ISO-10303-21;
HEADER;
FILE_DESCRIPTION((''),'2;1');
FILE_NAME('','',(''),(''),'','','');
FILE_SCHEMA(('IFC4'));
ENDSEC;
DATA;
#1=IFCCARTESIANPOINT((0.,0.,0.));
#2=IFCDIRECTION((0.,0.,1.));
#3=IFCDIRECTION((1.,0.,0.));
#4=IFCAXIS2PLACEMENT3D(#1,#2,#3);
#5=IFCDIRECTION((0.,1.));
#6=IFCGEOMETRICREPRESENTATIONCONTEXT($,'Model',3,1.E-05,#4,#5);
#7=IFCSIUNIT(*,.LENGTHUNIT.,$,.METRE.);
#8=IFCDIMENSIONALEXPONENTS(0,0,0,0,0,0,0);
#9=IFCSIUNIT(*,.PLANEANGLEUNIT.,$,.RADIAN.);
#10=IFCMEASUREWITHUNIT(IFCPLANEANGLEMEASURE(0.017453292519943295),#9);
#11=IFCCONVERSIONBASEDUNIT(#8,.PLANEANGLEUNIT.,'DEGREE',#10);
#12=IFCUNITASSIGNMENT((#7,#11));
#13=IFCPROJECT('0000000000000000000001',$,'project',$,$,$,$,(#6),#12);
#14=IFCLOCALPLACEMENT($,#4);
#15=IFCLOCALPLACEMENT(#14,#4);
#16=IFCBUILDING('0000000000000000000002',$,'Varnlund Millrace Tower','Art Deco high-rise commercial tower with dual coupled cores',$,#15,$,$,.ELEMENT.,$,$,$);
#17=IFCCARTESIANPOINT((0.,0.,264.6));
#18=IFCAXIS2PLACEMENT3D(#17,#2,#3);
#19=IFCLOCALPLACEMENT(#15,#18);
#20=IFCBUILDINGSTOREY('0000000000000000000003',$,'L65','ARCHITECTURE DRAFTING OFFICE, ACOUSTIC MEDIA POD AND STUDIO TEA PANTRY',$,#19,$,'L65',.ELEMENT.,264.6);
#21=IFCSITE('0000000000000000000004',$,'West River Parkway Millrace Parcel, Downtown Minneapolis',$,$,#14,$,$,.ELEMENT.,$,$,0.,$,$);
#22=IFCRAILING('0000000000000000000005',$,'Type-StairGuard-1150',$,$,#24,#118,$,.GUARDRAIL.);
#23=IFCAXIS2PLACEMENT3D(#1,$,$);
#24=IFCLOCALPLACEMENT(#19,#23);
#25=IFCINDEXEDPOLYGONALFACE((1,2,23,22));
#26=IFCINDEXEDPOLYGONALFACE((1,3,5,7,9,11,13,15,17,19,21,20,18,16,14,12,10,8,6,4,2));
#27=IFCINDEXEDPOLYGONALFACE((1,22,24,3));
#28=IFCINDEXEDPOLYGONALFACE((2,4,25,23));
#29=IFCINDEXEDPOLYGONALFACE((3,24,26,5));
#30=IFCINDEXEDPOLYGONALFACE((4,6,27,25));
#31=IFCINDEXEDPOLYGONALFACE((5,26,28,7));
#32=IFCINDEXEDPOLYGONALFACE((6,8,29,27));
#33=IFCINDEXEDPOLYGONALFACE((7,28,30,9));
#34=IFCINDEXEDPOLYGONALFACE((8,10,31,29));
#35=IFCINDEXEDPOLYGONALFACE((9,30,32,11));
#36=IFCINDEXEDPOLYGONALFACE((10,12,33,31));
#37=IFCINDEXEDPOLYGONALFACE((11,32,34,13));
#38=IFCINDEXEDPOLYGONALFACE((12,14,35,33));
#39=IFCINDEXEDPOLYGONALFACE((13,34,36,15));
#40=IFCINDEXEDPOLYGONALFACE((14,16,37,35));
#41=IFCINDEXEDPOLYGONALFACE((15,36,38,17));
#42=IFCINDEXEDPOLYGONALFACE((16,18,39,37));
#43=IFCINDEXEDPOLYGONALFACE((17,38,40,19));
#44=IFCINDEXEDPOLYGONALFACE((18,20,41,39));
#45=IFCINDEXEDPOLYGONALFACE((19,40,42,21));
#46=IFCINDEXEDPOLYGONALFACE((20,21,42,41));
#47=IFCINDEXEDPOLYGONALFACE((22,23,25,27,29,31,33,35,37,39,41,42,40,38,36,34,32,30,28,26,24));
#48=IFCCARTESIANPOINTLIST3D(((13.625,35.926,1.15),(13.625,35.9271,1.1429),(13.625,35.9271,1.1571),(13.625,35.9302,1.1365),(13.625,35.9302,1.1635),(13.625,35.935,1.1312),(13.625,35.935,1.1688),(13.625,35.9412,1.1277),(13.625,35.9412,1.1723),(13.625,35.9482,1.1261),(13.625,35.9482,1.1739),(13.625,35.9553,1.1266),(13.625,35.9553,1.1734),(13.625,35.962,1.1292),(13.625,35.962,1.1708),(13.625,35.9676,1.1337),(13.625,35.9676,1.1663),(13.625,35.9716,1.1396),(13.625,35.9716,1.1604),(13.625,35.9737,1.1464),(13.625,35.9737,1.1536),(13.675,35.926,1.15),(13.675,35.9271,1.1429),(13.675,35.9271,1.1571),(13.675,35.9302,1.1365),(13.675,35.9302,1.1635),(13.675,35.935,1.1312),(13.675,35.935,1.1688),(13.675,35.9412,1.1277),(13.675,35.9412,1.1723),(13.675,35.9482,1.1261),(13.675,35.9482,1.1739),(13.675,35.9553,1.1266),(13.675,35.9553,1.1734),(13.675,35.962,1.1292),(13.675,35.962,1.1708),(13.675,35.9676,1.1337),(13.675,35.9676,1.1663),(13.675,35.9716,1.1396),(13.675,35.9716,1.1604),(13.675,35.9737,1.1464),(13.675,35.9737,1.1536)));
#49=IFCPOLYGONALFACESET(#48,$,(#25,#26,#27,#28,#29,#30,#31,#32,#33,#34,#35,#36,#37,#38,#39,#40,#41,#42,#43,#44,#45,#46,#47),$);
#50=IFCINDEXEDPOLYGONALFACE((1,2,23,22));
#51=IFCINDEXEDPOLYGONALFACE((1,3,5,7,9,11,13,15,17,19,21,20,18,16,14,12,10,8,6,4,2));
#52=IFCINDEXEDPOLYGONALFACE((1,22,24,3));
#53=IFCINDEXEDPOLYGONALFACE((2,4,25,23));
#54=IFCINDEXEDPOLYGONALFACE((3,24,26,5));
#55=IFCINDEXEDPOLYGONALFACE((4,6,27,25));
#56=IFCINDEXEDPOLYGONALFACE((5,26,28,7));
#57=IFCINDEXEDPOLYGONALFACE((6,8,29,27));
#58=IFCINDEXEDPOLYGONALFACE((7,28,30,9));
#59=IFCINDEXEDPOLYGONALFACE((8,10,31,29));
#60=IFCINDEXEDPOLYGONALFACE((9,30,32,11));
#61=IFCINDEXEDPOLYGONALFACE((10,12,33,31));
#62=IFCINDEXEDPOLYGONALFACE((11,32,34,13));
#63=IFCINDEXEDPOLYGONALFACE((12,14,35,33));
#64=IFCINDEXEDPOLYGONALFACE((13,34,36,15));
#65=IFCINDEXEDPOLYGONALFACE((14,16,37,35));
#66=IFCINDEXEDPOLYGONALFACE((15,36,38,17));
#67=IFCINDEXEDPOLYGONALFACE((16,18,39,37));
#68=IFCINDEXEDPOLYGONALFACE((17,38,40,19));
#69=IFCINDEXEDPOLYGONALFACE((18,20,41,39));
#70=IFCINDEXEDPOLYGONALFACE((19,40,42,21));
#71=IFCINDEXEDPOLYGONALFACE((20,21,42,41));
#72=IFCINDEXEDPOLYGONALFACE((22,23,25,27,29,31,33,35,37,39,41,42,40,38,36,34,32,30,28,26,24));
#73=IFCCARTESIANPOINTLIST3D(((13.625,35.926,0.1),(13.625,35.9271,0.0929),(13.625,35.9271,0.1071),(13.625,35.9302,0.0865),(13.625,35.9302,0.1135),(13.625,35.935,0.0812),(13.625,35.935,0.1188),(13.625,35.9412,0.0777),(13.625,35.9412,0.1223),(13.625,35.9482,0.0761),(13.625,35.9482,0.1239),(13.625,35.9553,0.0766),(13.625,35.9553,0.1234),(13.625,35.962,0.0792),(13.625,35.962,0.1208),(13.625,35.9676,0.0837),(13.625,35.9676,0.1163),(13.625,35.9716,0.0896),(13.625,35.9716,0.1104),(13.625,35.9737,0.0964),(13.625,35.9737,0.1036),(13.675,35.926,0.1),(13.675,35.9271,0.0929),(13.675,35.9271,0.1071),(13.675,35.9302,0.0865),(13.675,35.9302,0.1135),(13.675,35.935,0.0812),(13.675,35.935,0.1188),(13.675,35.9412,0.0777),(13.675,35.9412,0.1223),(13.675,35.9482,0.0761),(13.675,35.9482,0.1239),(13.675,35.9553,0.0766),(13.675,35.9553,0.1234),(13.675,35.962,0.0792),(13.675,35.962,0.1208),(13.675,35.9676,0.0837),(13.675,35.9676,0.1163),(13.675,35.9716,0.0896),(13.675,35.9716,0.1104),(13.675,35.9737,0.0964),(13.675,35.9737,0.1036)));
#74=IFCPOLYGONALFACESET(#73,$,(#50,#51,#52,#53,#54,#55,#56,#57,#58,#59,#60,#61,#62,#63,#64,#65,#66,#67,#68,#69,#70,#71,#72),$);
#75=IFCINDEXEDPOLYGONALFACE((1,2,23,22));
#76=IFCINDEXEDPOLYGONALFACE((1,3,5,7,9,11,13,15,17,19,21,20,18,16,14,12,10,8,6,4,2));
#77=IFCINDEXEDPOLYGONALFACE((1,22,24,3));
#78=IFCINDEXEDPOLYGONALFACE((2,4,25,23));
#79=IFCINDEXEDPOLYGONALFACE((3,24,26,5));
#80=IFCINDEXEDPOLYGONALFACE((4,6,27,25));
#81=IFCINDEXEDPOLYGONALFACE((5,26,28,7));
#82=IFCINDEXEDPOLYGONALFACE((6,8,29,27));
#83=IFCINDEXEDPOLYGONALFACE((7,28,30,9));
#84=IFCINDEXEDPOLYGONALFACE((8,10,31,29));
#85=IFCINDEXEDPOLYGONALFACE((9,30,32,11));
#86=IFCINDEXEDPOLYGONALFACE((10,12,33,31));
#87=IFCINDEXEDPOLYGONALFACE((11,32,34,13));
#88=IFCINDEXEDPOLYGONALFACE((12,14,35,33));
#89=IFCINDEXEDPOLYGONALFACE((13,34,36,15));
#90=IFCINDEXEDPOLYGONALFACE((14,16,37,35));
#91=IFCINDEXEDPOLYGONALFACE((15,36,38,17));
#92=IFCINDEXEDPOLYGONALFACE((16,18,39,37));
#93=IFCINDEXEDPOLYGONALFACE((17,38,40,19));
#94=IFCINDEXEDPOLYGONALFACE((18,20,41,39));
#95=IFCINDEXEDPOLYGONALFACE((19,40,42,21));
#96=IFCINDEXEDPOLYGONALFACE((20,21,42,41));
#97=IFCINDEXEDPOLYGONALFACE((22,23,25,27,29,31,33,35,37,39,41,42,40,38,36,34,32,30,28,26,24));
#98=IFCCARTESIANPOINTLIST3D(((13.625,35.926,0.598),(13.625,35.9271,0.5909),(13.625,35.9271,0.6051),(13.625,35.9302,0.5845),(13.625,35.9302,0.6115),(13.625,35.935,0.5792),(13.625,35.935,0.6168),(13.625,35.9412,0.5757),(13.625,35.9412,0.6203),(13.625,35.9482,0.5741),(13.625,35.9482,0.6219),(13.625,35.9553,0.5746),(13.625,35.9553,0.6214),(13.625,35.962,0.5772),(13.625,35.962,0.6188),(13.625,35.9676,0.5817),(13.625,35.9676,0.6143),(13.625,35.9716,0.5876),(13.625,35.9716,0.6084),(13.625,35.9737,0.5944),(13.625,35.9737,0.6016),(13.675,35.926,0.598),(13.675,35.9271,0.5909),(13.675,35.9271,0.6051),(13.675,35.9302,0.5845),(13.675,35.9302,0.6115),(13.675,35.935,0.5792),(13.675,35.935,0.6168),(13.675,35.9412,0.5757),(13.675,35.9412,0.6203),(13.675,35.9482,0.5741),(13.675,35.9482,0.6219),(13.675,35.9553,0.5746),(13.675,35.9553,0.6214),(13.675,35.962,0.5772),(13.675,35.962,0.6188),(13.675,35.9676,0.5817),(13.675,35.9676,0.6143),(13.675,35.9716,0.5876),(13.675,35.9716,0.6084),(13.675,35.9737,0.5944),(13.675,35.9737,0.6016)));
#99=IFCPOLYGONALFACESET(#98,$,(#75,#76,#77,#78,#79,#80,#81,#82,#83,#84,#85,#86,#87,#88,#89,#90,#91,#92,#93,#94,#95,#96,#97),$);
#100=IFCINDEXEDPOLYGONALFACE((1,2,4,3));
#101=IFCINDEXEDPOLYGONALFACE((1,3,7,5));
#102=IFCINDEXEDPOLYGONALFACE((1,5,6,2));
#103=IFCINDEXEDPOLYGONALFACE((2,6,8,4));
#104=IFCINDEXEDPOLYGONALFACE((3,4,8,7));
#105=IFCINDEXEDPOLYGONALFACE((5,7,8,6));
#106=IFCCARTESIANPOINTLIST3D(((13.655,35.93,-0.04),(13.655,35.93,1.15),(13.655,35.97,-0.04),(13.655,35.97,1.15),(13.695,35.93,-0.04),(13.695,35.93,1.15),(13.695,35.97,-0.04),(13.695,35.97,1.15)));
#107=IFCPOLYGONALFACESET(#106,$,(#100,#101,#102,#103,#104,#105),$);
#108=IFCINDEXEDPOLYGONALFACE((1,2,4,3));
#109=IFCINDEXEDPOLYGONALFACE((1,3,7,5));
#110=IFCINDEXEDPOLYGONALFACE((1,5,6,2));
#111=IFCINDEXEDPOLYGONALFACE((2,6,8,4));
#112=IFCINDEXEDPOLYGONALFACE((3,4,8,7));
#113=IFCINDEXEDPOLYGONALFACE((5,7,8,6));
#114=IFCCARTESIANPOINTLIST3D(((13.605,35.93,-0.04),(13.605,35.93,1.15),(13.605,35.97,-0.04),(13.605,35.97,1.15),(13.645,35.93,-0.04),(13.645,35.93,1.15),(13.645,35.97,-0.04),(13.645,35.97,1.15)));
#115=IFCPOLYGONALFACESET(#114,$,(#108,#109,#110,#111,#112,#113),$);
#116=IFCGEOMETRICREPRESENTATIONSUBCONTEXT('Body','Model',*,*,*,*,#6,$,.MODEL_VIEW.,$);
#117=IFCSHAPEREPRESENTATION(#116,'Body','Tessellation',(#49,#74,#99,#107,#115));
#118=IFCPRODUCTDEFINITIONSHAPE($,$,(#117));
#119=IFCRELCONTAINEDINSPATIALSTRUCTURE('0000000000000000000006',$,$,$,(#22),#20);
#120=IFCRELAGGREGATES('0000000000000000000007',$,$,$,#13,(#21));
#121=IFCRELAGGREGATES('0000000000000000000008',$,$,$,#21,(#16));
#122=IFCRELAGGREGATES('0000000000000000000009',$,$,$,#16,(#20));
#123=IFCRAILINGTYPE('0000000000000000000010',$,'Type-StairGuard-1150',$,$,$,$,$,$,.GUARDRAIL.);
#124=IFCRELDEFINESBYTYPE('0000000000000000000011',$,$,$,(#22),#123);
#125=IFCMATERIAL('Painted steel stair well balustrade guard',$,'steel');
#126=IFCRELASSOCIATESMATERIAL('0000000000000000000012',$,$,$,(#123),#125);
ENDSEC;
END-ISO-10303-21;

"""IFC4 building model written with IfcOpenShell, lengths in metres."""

from ifc_helpers import new_model, entity, si_unit, converted_unit, direction, frame, origin_with_axes, origin_2d_with_axis, place, context, subcontext, project, spatial, rectangle, circle, extrude, material, type_object, element, save


model = new_model("IFC4")

# Units and contexts
model_context = context("Model", 3, precision=1e-05, world=origin_with_axes(), true_north=direction((0.0, 1.0)))
body_context = subcontext(model_context, "Body", "Model", "MODEL_VIEW")
ifc_project = project(units=[si_unit("LENGTHUNIT", "METRE"), converted_unit("PLANEANGLEUNIT", "DEGREE", entity("IfcPlaneAngleMeasure", 0.017453292519943295), si_unit("PLANEANGLEUNIT", "RADIAN"), dimensions=[0, 0, 0, 0, 0, 0, 0])], contexts=[model_context])

# Site, building, storey
site_placement = place(None, origin_with_axes())
site = spatial("IfcSite", under=ifc_project, at=site_placement, Name="West River Parkway Millrace Parcel, Downtown Minneapolis", CompositionType="ELEMENT", RefElevation=0.0)
building_placement = place(site_placement, origin_with_axes())
building = spatial("IfcBuilding", under=site, at=building_placement, Name="Varnlund Millrace Tower", Description="Art Deco high-rise commercial tower with dual coupled cores", CompositionType="ELEMENT")
storey_placement = place(building_placement, frame((0.0, 0.0, 264.6), z_axis=(0.0, 0.0, 1.0), x_axis=(1.0, 0.0, 0.0)))
storey = spatial("IfcBuildingStorey", under=building, at=storey_placement, Name="L65", Description="ARCHITECTURE DRAFTING OFFICE, ACOUSTIC MEDIA POD AND STUDIO TEA PANTRY", LongName="L65", CompositionType="ELEMENT", Elevation=264.6)

# Railing
ifc_material_1 = material(Name="Painted steel stair well balustrade guard", Category="steel")
railing_type_1 = type_object("IfcRailingType", Name="Type-StairGuard-1150", PredefinedType="GUARDRAIL", material=ifc_material_1)
railing_1_placement = place(storey_placement, frame((0.0, 0.0, -264.6), z_axis=(0.0, 0.0, 1.0), x_axis=(1.0, 0.0, 0.0)))
element("IfcRailing", 1, at=railing_1_placement, inside=storey, type_object=railing_type_1, Name="Type-StairGuard-1150", PredefinedType="GUARDRAIL", context=body_context, shape_type="SweptSolid", body=[
    extrude(circle(Radius=0.024, at=origin_2d_with_axis()), frame((13.675, 35.95, 265.75), z_axis=(-1.0, 0.0, 0.0), x_axis=(0.0, -1.0, 0.0)), (0.0, 0.0, 1.0), 0.05),
    extrude(circle(Radius=0.024, at=origin_2d_with_axis()), frame((13.675, 35.95, 264.7), z_axis=(-1.0, 0.0, 0.0), x_axis=(0.0, -1.0, 0.0)), (0.0, 0.0, 1.0), 0.05),
    extrude(circle(Radius=0.024, at=origin_2d_with_axis()), frame((13.675, 35.95, 265.198), z_axis=(-1.0, 0.0, 0.0), x_axis=(0.0, -1.0, 0.0)), (0.0, 0.0, 1.0), 0.05),
    extrude(rectangle(XDim=0.04, YDim=0.04, at=origin_2d_with_axis()), frame((13.675, 35.95, 264.56), z_axis=(0.0, 0.0, 1.0), x_axis=(1.0, 0.0, 0.0)), (0.0, 0.0, 1.0), 1.19),
    extrude(rectangle(XDim=0.04, YDim=0.04, at=origin_2d_with_axis()), frame((13.625, 35.95, 264.56), z_axis=(0.0, 0.0, 1.0), x_axis=(1.0, 0.0, 0.0)), (0.0, 0.0, 1.0), 1.19),
])

save(model, "model.ifc")
